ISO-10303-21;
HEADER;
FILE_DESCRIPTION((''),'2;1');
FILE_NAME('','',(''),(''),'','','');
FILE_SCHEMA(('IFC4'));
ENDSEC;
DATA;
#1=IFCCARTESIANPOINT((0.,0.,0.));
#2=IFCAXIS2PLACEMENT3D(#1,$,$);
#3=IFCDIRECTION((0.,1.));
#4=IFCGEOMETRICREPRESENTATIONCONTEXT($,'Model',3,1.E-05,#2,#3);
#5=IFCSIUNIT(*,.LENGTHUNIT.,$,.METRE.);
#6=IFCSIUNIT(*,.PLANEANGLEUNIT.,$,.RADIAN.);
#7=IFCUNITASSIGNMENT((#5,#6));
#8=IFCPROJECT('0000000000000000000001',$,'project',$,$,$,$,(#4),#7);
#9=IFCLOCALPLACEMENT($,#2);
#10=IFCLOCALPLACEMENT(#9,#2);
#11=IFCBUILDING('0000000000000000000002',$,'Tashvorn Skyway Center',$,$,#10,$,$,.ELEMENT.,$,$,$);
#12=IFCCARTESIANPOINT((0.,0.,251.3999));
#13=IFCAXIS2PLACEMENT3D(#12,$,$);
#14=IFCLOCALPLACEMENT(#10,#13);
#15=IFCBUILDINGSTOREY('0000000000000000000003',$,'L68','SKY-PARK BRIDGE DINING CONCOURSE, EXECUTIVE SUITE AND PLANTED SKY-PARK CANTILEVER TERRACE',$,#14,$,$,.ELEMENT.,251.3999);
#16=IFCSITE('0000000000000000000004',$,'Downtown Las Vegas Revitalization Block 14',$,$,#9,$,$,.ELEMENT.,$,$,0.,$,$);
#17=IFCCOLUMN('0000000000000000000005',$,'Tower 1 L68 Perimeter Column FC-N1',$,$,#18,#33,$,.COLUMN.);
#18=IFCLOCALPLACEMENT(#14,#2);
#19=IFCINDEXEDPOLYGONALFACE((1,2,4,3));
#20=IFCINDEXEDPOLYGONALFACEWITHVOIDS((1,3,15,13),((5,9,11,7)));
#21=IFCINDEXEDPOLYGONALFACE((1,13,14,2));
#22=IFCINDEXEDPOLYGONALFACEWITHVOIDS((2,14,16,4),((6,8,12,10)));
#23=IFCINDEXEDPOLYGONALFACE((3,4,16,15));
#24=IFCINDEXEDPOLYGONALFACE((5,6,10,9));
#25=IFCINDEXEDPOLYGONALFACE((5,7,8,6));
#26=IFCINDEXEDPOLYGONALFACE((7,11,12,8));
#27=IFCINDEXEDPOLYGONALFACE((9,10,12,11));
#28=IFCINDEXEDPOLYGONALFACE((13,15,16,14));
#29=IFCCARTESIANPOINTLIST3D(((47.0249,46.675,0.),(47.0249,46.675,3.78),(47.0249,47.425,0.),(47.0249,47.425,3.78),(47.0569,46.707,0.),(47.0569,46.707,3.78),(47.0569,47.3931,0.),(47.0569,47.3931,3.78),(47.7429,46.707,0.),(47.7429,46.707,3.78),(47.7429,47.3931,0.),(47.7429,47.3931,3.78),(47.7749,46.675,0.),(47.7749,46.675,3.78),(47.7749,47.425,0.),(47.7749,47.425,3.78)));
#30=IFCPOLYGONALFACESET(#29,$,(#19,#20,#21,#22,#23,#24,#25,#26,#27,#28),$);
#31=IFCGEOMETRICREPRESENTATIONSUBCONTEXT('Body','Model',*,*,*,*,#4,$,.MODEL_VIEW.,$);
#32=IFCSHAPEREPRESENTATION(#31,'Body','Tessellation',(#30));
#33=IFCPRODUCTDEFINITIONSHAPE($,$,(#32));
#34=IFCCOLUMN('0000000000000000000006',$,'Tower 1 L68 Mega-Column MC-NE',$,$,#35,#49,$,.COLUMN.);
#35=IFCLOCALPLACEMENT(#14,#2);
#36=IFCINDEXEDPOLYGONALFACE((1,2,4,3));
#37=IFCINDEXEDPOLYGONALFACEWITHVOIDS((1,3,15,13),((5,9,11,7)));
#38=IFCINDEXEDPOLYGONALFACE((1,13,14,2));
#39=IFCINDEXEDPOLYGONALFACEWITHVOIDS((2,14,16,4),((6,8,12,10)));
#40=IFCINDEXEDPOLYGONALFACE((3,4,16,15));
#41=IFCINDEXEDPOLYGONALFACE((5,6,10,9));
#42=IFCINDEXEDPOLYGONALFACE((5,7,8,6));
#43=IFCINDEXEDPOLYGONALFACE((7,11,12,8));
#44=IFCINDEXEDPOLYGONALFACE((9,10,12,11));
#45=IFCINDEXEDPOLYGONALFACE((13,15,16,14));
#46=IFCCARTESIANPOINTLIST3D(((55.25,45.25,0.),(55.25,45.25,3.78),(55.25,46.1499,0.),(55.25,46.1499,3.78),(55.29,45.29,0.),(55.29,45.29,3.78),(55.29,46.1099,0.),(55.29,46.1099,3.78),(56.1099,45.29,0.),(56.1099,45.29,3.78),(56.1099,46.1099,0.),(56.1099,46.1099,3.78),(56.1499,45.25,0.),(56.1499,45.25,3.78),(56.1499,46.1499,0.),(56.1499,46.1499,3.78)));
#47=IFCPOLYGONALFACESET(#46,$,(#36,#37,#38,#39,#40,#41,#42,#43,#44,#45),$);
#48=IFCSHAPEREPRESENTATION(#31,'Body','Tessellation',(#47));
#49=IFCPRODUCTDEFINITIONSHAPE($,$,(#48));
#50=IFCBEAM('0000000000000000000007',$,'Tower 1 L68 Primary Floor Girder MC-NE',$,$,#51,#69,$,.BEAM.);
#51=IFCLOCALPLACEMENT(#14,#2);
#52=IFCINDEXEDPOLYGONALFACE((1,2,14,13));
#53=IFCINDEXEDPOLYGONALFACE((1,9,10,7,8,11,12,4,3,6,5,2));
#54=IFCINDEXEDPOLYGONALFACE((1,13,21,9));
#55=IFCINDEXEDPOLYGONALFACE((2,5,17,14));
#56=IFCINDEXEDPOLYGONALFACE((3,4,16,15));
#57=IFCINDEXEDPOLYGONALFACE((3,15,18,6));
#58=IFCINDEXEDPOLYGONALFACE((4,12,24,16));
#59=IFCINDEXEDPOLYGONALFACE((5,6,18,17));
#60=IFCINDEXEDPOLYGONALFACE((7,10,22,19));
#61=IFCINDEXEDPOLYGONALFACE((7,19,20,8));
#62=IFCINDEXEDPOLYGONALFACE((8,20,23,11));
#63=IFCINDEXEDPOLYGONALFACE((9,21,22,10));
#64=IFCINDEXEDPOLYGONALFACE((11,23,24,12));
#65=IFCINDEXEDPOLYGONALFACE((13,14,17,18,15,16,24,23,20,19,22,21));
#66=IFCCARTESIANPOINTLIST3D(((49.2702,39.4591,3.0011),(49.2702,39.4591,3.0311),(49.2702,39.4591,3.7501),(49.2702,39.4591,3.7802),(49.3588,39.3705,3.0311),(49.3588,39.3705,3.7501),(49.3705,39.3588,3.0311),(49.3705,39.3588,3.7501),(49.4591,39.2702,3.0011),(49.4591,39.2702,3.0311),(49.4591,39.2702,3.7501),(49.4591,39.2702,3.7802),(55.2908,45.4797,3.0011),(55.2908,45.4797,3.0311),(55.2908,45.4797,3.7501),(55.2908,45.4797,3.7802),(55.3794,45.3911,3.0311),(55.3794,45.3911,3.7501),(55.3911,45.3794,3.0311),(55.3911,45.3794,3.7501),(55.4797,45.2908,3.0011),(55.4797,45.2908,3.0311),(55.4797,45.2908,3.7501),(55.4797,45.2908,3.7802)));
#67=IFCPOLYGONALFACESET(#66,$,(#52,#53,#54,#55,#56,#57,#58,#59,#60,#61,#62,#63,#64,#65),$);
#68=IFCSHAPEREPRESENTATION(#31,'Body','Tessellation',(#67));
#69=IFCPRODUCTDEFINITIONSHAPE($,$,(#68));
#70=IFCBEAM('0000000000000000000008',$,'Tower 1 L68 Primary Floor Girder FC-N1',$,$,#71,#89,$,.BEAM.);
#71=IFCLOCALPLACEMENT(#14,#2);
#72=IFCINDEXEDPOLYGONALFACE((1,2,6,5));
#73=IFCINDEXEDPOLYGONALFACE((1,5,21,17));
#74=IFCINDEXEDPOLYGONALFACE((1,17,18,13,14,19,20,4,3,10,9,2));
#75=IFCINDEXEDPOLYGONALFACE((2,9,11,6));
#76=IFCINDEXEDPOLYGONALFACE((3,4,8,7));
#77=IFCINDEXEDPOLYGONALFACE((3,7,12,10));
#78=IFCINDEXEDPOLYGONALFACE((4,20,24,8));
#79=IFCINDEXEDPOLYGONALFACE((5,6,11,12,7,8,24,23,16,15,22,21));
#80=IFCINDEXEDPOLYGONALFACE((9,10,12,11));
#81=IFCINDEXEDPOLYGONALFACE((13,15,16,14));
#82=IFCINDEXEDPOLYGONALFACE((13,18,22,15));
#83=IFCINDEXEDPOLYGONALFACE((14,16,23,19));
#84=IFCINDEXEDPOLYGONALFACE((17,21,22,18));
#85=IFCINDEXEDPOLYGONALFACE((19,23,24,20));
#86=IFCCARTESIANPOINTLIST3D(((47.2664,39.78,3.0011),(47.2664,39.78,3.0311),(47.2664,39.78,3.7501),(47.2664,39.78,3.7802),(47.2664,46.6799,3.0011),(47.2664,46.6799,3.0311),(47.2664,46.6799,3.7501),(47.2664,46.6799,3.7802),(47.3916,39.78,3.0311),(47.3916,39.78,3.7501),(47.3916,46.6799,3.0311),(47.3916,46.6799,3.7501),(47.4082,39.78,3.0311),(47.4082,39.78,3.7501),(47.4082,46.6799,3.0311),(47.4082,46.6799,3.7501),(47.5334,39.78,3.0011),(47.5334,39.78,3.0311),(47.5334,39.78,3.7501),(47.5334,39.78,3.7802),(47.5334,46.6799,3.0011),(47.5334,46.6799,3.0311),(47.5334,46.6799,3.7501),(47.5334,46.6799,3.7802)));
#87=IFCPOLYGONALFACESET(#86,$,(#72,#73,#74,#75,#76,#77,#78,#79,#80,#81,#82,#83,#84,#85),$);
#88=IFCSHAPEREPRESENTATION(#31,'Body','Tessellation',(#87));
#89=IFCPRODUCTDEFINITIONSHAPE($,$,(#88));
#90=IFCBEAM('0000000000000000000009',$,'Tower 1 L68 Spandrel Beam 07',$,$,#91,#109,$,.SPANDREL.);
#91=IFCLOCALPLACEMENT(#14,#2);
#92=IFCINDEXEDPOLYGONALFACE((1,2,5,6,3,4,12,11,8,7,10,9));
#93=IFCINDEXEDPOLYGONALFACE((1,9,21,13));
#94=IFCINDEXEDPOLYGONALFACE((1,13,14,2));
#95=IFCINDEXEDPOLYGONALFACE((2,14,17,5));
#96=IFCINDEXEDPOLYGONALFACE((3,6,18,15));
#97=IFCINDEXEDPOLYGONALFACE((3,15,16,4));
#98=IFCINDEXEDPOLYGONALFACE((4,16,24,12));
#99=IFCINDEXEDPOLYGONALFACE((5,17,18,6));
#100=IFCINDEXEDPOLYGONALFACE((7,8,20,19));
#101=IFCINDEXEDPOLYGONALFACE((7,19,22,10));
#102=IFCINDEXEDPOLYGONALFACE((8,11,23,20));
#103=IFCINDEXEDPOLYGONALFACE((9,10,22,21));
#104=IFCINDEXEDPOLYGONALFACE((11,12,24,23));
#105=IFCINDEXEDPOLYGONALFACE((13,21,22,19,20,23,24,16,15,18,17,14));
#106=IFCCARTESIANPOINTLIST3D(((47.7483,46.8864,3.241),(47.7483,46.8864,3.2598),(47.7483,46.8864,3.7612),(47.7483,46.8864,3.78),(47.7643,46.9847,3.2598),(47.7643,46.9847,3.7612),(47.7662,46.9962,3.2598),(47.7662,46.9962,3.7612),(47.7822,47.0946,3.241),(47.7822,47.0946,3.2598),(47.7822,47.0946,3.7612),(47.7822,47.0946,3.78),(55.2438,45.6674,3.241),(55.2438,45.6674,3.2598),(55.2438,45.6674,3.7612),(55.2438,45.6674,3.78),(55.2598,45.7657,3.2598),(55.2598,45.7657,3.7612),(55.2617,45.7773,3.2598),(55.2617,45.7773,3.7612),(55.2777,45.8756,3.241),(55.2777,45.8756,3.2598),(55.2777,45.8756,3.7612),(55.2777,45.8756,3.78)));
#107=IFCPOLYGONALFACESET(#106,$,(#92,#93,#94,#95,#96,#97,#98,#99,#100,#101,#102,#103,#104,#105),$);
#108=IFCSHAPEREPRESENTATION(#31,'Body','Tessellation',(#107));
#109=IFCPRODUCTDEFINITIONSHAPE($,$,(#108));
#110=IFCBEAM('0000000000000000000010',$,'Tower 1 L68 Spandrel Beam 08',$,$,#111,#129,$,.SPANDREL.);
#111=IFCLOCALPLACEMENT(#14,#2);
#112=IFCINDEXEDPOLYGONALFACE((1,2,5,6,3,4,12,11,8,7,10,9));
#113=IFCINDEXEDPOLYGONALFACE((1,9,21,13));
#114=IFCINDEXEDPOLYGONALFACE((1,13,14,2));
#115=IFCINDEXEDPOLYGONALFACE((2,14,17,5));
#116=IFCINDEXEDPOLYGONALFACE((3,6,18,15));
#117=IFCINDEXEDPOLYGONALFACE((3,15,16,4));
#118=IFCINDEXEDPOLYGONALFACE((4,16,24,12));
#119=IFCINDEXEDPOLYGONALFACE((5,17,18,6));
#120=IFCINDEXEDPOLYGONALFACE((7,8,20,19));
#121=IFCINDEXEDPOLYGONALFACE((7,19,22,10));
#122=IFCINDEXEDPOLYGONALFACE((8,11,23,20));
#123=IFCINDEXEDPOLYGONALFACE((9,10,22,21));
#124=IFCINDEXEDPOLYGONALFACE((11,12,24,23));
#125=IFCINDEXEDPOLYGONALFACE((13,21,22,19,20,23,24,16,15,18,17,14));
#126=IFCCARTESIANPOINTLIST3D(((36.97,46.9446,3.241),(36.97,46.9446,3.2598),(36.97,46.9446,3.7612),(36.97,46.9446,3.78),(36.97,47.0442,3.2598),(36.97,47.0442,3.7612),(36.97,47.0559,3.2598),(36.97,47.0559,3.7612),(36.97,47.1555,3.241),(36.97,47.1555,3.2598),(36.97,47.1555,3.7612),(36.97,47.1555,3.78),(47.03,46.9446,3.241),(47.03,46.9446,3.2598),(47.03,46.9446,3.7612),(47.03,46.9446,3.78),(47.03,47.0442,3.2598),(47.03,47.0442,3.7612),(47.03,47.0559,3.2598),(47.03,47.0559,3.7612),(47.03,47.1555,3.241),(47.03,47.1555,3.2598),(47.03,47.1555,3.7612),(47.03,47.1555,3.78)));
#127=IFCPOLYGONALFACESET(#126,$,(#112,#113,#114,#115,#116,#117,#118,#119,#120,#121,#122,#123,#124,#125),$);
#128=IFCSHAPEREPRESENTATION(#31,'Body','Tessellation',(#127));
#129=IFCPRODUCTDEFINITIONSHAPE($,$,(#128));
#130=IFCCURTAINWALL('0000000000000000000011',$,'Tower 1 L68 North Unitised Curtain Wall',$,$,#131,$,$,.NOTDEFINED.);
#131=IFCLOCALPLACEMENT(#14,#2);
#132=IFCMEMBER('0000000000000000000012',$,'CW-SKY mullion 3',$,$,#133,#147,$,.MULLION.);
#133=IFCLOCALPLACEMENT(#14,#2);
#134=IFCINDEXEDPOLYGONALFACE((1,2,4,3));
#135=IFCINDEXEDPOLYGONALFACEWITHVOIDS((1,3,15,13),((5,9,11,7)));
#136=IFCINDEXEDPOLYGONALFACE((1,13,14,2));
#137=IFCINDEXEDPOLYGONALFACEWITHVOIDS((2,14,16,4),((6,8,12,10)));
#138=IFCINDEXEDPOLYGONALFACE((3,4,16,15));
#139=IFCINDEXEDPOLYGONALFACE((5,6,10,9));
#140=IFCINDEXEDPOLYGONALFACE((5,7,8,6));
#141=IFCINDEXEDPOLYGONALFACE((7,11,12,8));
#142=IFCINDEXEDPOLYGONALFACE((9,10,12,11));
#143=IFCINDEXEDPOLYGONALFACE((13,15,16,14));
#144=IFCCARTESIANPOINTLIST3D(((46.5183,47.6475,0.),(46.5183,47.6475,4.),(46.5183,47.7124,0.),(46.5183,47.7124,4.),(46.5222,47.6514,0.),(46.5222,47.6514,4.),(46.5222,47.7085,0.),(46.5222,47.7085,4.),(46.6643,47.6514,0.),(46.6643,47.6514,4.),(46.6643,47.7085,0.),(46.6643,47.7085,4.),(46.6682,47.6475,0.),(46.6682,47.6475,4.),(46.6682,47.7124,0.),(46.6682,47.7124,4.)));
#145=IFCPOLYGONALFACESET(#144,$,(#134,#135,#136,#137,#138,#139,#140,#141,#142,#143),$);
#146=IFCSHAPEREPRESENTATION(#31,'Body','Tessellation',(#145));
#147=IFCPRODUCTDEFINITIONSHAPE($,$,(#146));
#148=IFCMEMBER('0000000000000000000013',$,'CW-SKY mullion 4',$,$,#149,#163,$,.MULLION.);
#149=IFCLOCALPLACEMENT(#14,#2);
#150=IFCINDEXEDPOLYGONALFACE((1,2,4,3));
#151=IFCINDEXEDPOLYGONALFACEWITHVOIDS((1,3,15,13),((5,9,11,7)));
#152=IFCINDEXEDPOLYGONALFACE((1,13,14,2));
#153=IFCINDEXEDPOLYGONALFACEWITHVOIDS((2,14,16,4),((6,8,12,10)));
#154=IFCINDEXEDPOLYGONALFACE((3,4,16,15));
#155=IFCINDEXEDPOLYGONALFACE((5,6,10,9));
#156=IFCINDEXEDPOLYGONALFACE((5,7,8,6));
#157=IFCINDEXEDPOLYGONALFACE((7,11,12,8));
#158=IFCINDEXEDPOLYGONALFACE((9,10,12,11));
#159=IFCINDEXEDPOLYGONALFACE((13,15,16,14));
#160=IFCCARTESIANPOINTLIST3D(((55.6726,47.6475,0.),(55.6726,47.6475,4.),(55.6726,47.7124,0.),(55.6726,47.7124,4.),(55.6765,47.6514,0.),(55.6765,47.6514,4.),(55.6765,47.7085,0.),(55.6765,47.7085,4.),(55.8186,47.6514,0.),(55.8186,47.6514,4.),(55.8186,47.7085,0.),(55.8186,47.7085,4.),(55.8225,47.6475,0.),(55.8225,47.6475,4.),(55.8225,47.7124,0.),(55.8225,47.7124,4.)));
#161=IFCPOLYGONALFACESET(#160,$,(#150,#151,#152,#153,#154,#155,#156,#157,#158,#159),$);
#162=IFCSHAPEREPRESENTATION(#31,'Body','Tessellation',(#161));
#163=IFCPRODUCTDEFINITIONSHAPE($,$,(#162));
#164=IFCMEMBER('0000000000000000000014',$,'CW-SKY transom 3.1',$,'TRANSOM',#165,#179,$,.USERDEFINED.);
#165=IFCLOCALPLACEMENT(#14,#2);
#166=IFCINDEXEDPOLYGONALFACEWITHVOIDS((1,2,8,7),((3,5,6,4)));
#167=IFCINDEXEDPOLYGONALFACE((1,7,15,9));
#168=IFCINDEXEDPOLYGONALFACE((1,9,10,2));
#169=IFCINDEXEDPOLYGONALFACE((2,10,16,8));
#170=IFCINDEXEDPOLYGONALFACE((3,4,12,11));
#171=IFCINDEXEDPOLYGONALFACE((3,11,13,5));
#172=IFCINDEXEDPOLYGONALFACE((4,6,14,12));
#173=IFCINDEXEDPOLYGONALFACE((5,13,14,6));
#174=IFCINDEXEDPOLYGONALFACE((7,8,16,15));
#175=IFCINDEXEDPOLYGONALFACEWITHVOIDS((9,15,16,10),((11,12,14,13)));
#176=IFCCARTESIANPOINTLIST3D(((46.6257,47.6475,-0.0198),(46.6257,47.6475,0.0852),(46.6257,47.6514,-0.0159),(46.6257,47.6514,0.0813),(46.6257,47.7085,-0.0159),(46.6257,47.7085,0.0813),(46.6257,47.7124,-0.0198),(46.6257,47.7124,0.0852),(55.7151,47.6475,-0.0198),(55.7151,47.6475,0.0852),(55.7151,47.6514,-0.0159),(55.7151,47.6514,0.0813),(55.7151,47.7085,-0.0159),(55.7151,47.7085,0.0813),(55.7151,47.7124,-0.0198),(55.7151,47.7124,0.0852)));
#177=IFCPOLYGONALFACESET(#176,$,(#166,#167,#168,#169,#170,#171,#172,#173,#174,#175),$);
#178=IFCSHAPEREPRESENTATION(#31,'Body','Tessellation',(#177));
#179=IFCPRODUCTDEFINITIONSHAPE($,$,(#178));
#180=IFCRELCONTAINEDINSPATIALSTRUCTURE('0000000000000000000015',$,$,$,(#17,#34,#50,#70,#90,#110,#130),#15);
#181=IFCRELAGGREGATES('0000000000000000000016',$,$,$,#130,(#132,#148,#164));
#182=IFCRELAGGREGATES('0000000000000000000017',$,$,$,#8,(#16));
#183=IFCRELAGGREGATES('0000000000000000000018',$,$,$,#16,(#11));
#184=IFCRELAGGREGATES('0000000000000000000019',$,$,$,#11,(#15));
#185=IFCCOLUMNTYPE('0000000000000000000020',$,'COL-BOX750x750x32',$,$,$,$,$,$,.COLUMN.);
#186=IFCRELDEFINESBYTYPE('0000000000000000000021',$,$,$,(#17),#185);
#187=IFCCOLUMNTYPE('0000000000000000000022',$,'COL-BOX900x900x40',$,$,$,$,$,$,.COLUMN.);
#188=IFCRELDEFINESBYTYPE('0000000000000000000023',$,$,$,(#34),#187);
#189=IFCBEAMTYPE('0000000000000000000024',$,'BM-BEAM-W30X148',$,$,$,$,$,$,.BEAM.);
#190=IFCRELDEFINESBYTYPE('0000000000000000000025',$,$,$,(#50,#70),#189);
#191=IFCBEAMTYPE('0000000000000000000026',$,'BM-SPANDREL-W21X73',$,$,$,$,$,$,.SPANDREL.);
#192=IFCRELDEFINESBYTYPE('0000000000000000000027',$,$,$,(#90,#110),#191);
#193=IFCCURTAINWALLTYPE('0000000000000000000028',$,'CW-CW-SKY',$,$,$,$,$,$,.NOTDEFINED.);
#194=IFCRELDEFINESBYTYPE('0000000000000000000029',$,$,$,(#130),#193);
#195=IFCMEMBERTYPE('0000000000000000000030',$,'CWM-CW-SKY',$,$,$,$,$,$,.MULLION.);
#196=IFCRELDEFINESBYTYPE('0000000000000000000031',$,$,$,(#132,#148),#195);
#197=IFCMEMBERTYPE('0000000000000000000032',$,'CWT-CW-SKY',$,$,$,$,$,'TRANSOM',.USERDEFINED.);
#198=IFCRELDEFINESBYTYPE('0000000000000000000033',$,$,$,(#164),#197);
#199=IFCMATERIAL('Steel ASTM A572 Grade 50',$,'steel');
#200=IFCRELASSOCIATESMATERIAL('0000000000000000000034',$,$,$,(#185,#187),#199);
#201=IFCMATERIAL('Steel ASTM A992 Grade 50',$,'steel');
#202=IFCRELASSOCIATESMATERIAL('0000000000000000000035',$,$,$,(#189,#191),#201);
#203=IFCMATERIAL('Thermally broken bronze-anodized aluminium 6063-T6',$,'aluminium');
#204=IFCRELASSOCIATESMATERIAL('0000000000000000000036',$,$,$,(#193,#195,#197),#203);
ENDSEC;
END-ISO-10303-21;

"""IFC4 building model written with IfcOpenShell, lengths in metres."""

from ifc_helpers import new_model, si_unit, direction, frame, origin, origin_2d, place, context, subcontext, project, spatial, hollow_rectangle, i_section, extrude, material, material_profile, profile_set, type_object, element, aggregate, save


model = new_model("IFC4")

# Units and contexts
model_context = context("Model", 3, precision=1e-05, world=origin(), true_north=direction((0.0, 1.0)))
body_context = subcontext(model_context, "Body", "Model", "MODEL_VIEW")
ifc_project = project(units=[si_unit("LENGTHUNIT", "METRE"), si_unit("PLANEANGLEUNIT", "RADIAN")], contexts=[model_context])

# Site, building, storey
site_placement = place(None, origin())
site = spatial("IfcSite", under=ifc_project, at=site_placement, Name="Downtown Las Vegas Revitalization Block 14", CompositionType="ELEMENT", RefElevation=0.0)
building_placement = place(site_placement, origin())
building = spatial("IfcBuilding", under=site, at=building_placement, Name="Tashvorn Skyway Center", CompositionType="ELEMENT")
storey_placement = place(building_placement, frame((0.0, 0.0, 251.3999)))
storey = spatial("IfcBuildingStorey", under=building, at=storey_placement, Name="L68", Description="SKY-PARK BRIDGE DINING CONCOURSE, EXECUTIVE SUITE AND PLANTED SKY-PARK CANTILEVER TERRACE", CompositionType="ELEMENT", Elevation=251.3999)

# Columns
ifc_material_1 = material(Name="Steel ASTM A572 Grade 50", Category="steel")
ifc_material_profile_1 = material_profile(ifc_material_1, hollow_rectangle(XDim=0.75, YDim=0.75, WallThickness=0.032, at=origin_2d()), Name="BOX750x750x32")
ifc_profile_set_1 = profile_set([ifc_material_profile_1], Name="Steel ASTM A572 Grade 50")
column_type_1 = type_object("IfcColumnType", Name="COL-BOX750x750x32", PredefinedType="COLUMN", material=ifc_profile_set_1)
column_1_placement = place(storey_placement, frame((47.3999, 47.05, 0.0), z_axis=(0.0, 0.0, 1.0), x_axis=(1.0, 0.0, 0.0)))
element("IfcColumn", 1, at=column_1_placement, inside=storey, type_object=column_type_1, Name="Tower 1 L68 Perimeter Column FC-N1", PredefinedType="COLUMN", context=body_context, shape_type="SweptSolid", body=[
    extrude(hollow_rectangle(XDim=0.75, YDim=0.75, WallThickness=0.032, at=origin_2d()), origin(), (0.0, 0.0, 1.0), 3.78),
])
ifc_material_profile_2 = material_profile(ifc_material_1, hollow_rectangle(XDim=0.8999, YDim=0.8999, WallThickness=0.04, at=origin_2d()), Name="BOX900x900x40")
ifc_profile_set_2 = profile_set([ifc_material_profile_2], Name="Steel ASTM A572 Grade 50")
column_type_2 = type_object("IfcColumnType", Name="COL-BOX900x900x40", PredefinedType="COLUMN", material=ifc_profile_set_2)
column_2_placement = place(storey_placement, frame((55.7, 45.7, 0.0), z_axis=(0.0, 0.0, 1.0), x_axis=(1.0, 0.0, 0.0)))
element("IfcColumn", 2, at=column_2_placement, inside=storey, type_object=column_type_2, Name="Tower 1 L68 Mega-Column MC-NE", PredefinedType="COLUMN", context=body_context, shape_type="SweptSolid", body=[
    extrude(hollow_rectangle(XDim=0.8999, YDim=0.8999, WallThickness=0.04, at=origin_2d()), origin(), (0.0, 0.0, 1.0), 3.78),
])

# Beams
ifc_material_2 = material(Name="Steel ASTM A992 Grade 50", Category="steel")
ifc_material_profile_3 = material_profile(ifc_material_2, i_section(OverallWidth=0.2671, OverallDepth=0.7791, WebThickness=0.0166, FlangeThickness=0.03, at=origin_2d()), Name="W30X148")
ifc_profile_set_3 = profile_set([ifc_material_profile_3], Name="Steel ASTM A992 Grade 50")
beam_type_1 = type_object("IfcBeamType", Name="BM-BEAM-W30X148", PredefinedType="BEAM", material=ifc_profile_set_3)
beam_1_placement = place(storey_placement, frame((55.3853, 45.3853, 3.3906), z_axis=(-0.707107, -0.707107, 0.0), x_axis=(0.707107, -0.707107, 0.0)))
element("IfcBeam", 3, at=beam_1_placement, inside=storey, type_object=beam_type_1, Name="Tower 1 L68 Primary Floor Girder MC-NE", PredefinedType="BEAM", context=body_context, shape_type="SweptSolid", body=[
    extrude(i_section(OverallWidth=0.2671, OverallDepth=0.7791, WebThickness=0.0166, FlangeThickness=0.03, at=origin_2d()), origin(), (0.0, 0.0, 1.0), 8.5144),
])
beam_2_placement = place(storey_placement, frame((47.3999, 46.6799, 3.3906), z_axis=(0.0, -1.0, 0.0), x_axis=(1.0, 0.0, 0.0)))
element("IfcBeam", 4, at=beam_2_placement, inside=storey, type_object=beam_type_1, Name="Tower 1 L68 Primary Floor Girder FC-N1", PredefinedType="BEAM", context=body_context, shape_type="SweptSolid", body=[
    extrude(i_section(OverallWidth=0.2671, OverallDepth=0.7791, WebThickness=0.0166, FlangeThickness=0.03, at=origin_2d()), origin(), (0.0, 0.0, 1.0), 6.8999),
])
ifc_material_profile_4 = material_profile(ifc_material_2, i_section(OverallWidth=0.2109, OverallDepth=0.5391, WebThickness=0.0117, FlangeThickness=0.0188, at=origin_2d()), Name="W21X73")
ifc_profile_set_4 = profile_set([ifc_material_profile_4], Name="Steel ASTM A992 Grade 50")
beam_type_2 = type_object("IfcBeamType", Name="BM-SPANDREL-W21X73", PredefinedType="SPANDREL", material=ifc_profile_set_4)
beam_3_placement = place(storey_placement, frame((55.2607, 45.7715, 3.5105), z_axis=(-0.987033, 0.160519, 0.0), x_axis=(-0.160519, -0.987033, 0.0)))
element("IfcBeam", 5, at=beam_3_placement, inside=storey, type_object=beam_type_2, Name="Tower 1 L68 Spandrel Beam 07", PredefinedType="SPANDREL", context=body_context, shape_type="SweptSolid", body=[
    extrude(i_section(OverallWidth=0.2109, OverallDepth=0.5391, WebThickness=0.0117, FlangeThickness=0.0188, at=origin_2d()), origin(), (0.0, 0.0, 1.0), 7.594),
])
beam_4_placement = place(storey_placement, frame((47.03, 47.05, 3.5105), z_axis=(-1.0, 0.0, 0.0), x_axis=(0.0, -1.0, 0.0)))
element("IfcBeam", 6, at=beam_4_placement, inside=storey, type_object=beam_type_2, Name="Tower 1 L68 Spandrel Beam 08", PredefinedType="SPANDREL", context=body_context, shape_type="SweptSolid", body=[
    extrude(i_section(OverallWidth=0.2109, OverallDepth=0.5391, WebThickness=0.0117, FlangeThickness=0.0188, at=origin_2d()), origin(), (0.0, 0.0, 1.0), 10.0601),
])

# Curtain wall, members
ifc_material_3 = material(Name="Thermally broken bronze-anodized aluminium 6063-T6", Category="aluminium")
curtain_wall_type = type_object("IfcCurtainWallType", Name="CW-CW-SKY", PredefinedType="NOTDEFINED", material=ifc_material_3)
curtain_wall_1_placement = place(storey_placement, origin())
curtain_wall_1 = element("IfcCurtainWall", 7, at=curtain_wall_1_placement, inside=storey, type_object=curtain_wall_type, Name="Tower 1 L68 North Unitised Curtain Wall", PredefinedType="NOTDEFINED")
ifc_material_profile_5 = material_profile(ifc_material_3, hollow_rectangle(XDim=0.0649, YDim=0.1499, WallThickness=0.0039, at=origin_2d()), Name="ALU-MULL-65x150")
ifc_profile_set_5 = profile_set([ifc_material_profile_5], Name="Thermally broken bronze-anodized aluminium 6063-T6")
member_type_1 = type_object("IfcMemberType", Name="CWM-CW-SKY", PredefinedType="MULLION", material=ifc_profile_set_5)
member_1_placement = place(storey_placement, frame((46.5933, 47.6799, 0.0), z_axis=(0.0, 0.0, 1.0), x_axis=(0.0, 1.0, 0.0)))
member_1 = element("IfcMember", 8, at=member_1_placement, type_object=member_type_1, Name="CW-SKY mullion 3", PredefinedType="MULLION", context=body_context, shape_type="SweptSolid", body=[
    extrude(hollow_rectangle(XDim=0.0649, YDim=0.1499, WallThickness=0.0039, at=origin_2d()), origin(), (0.0, 0.0, 1.0), 4.0),
])
member_2_placement = place(storey_placement, frame((55.7476, 47.6799, 0.0), z_axis=(0.0, 0.0, 1.0), x_axis=(0.0, 1.0, 0.0)))
member_2 = element("IfcMember", 9, at=member_2_placement, type_object=member_type_1, Name="CW-SKY mullion 4", PredefinedType="MULLION", context=body_context, shape_type="SweptSolid", body=[
    extrude(hollow_rectangle(XDim=0.0649, YDim=0.1499, WallThickness=0.0039, at=origin_2d()), origin(), (0.0, 0.0, 1.0), 4.0),
])
ifc_material_profile_6 = material_profile(ifc_material_3, hollow_rectangle(XDim=0.0649, YDim=0.105, WallThickness=0.0039, at=origin_2d()), Name="ALU-TRAN-65x105")
ifc_profile_set_6 = profile_set([ifc_material_profile_6], Name="Thermally broken bronze-anodized aluminium 6063-T6")
member_type_2 = type_object("IfcMemberType", Name="CWT-CW-SKY", ElementType="TRANSOM", PredefinedType="USERDEFINED", material=ifc_profile_set_6)
member_3_placement = place(storey_placement, frame((46.6257, 47.6799, 0.0327), z_axis=(1.0, 0.0, 0.0), x_axis=(0.0, 1.0, 0.0)))
member_3 = element("IfcMember", 10, at=member_3_placement, type_object=member_type_2, Name="CW-SKY transom 3.1", ObjectType="TRANSOM", PredefinedType="USERDEFINED", context=body_context, shape_type="SweptSolid", body=[
    extrude(hollow_rectangle(XDim=0.0649, YDim=0.105, WallThickness=0.0039, at=origin_2d()), origin(), (0.0, 0.0, 1.0), 9.0894),
])

aggregate(curtain_wall_1, [member_1, member_2, member_3])

save(model, "model.ifc")
